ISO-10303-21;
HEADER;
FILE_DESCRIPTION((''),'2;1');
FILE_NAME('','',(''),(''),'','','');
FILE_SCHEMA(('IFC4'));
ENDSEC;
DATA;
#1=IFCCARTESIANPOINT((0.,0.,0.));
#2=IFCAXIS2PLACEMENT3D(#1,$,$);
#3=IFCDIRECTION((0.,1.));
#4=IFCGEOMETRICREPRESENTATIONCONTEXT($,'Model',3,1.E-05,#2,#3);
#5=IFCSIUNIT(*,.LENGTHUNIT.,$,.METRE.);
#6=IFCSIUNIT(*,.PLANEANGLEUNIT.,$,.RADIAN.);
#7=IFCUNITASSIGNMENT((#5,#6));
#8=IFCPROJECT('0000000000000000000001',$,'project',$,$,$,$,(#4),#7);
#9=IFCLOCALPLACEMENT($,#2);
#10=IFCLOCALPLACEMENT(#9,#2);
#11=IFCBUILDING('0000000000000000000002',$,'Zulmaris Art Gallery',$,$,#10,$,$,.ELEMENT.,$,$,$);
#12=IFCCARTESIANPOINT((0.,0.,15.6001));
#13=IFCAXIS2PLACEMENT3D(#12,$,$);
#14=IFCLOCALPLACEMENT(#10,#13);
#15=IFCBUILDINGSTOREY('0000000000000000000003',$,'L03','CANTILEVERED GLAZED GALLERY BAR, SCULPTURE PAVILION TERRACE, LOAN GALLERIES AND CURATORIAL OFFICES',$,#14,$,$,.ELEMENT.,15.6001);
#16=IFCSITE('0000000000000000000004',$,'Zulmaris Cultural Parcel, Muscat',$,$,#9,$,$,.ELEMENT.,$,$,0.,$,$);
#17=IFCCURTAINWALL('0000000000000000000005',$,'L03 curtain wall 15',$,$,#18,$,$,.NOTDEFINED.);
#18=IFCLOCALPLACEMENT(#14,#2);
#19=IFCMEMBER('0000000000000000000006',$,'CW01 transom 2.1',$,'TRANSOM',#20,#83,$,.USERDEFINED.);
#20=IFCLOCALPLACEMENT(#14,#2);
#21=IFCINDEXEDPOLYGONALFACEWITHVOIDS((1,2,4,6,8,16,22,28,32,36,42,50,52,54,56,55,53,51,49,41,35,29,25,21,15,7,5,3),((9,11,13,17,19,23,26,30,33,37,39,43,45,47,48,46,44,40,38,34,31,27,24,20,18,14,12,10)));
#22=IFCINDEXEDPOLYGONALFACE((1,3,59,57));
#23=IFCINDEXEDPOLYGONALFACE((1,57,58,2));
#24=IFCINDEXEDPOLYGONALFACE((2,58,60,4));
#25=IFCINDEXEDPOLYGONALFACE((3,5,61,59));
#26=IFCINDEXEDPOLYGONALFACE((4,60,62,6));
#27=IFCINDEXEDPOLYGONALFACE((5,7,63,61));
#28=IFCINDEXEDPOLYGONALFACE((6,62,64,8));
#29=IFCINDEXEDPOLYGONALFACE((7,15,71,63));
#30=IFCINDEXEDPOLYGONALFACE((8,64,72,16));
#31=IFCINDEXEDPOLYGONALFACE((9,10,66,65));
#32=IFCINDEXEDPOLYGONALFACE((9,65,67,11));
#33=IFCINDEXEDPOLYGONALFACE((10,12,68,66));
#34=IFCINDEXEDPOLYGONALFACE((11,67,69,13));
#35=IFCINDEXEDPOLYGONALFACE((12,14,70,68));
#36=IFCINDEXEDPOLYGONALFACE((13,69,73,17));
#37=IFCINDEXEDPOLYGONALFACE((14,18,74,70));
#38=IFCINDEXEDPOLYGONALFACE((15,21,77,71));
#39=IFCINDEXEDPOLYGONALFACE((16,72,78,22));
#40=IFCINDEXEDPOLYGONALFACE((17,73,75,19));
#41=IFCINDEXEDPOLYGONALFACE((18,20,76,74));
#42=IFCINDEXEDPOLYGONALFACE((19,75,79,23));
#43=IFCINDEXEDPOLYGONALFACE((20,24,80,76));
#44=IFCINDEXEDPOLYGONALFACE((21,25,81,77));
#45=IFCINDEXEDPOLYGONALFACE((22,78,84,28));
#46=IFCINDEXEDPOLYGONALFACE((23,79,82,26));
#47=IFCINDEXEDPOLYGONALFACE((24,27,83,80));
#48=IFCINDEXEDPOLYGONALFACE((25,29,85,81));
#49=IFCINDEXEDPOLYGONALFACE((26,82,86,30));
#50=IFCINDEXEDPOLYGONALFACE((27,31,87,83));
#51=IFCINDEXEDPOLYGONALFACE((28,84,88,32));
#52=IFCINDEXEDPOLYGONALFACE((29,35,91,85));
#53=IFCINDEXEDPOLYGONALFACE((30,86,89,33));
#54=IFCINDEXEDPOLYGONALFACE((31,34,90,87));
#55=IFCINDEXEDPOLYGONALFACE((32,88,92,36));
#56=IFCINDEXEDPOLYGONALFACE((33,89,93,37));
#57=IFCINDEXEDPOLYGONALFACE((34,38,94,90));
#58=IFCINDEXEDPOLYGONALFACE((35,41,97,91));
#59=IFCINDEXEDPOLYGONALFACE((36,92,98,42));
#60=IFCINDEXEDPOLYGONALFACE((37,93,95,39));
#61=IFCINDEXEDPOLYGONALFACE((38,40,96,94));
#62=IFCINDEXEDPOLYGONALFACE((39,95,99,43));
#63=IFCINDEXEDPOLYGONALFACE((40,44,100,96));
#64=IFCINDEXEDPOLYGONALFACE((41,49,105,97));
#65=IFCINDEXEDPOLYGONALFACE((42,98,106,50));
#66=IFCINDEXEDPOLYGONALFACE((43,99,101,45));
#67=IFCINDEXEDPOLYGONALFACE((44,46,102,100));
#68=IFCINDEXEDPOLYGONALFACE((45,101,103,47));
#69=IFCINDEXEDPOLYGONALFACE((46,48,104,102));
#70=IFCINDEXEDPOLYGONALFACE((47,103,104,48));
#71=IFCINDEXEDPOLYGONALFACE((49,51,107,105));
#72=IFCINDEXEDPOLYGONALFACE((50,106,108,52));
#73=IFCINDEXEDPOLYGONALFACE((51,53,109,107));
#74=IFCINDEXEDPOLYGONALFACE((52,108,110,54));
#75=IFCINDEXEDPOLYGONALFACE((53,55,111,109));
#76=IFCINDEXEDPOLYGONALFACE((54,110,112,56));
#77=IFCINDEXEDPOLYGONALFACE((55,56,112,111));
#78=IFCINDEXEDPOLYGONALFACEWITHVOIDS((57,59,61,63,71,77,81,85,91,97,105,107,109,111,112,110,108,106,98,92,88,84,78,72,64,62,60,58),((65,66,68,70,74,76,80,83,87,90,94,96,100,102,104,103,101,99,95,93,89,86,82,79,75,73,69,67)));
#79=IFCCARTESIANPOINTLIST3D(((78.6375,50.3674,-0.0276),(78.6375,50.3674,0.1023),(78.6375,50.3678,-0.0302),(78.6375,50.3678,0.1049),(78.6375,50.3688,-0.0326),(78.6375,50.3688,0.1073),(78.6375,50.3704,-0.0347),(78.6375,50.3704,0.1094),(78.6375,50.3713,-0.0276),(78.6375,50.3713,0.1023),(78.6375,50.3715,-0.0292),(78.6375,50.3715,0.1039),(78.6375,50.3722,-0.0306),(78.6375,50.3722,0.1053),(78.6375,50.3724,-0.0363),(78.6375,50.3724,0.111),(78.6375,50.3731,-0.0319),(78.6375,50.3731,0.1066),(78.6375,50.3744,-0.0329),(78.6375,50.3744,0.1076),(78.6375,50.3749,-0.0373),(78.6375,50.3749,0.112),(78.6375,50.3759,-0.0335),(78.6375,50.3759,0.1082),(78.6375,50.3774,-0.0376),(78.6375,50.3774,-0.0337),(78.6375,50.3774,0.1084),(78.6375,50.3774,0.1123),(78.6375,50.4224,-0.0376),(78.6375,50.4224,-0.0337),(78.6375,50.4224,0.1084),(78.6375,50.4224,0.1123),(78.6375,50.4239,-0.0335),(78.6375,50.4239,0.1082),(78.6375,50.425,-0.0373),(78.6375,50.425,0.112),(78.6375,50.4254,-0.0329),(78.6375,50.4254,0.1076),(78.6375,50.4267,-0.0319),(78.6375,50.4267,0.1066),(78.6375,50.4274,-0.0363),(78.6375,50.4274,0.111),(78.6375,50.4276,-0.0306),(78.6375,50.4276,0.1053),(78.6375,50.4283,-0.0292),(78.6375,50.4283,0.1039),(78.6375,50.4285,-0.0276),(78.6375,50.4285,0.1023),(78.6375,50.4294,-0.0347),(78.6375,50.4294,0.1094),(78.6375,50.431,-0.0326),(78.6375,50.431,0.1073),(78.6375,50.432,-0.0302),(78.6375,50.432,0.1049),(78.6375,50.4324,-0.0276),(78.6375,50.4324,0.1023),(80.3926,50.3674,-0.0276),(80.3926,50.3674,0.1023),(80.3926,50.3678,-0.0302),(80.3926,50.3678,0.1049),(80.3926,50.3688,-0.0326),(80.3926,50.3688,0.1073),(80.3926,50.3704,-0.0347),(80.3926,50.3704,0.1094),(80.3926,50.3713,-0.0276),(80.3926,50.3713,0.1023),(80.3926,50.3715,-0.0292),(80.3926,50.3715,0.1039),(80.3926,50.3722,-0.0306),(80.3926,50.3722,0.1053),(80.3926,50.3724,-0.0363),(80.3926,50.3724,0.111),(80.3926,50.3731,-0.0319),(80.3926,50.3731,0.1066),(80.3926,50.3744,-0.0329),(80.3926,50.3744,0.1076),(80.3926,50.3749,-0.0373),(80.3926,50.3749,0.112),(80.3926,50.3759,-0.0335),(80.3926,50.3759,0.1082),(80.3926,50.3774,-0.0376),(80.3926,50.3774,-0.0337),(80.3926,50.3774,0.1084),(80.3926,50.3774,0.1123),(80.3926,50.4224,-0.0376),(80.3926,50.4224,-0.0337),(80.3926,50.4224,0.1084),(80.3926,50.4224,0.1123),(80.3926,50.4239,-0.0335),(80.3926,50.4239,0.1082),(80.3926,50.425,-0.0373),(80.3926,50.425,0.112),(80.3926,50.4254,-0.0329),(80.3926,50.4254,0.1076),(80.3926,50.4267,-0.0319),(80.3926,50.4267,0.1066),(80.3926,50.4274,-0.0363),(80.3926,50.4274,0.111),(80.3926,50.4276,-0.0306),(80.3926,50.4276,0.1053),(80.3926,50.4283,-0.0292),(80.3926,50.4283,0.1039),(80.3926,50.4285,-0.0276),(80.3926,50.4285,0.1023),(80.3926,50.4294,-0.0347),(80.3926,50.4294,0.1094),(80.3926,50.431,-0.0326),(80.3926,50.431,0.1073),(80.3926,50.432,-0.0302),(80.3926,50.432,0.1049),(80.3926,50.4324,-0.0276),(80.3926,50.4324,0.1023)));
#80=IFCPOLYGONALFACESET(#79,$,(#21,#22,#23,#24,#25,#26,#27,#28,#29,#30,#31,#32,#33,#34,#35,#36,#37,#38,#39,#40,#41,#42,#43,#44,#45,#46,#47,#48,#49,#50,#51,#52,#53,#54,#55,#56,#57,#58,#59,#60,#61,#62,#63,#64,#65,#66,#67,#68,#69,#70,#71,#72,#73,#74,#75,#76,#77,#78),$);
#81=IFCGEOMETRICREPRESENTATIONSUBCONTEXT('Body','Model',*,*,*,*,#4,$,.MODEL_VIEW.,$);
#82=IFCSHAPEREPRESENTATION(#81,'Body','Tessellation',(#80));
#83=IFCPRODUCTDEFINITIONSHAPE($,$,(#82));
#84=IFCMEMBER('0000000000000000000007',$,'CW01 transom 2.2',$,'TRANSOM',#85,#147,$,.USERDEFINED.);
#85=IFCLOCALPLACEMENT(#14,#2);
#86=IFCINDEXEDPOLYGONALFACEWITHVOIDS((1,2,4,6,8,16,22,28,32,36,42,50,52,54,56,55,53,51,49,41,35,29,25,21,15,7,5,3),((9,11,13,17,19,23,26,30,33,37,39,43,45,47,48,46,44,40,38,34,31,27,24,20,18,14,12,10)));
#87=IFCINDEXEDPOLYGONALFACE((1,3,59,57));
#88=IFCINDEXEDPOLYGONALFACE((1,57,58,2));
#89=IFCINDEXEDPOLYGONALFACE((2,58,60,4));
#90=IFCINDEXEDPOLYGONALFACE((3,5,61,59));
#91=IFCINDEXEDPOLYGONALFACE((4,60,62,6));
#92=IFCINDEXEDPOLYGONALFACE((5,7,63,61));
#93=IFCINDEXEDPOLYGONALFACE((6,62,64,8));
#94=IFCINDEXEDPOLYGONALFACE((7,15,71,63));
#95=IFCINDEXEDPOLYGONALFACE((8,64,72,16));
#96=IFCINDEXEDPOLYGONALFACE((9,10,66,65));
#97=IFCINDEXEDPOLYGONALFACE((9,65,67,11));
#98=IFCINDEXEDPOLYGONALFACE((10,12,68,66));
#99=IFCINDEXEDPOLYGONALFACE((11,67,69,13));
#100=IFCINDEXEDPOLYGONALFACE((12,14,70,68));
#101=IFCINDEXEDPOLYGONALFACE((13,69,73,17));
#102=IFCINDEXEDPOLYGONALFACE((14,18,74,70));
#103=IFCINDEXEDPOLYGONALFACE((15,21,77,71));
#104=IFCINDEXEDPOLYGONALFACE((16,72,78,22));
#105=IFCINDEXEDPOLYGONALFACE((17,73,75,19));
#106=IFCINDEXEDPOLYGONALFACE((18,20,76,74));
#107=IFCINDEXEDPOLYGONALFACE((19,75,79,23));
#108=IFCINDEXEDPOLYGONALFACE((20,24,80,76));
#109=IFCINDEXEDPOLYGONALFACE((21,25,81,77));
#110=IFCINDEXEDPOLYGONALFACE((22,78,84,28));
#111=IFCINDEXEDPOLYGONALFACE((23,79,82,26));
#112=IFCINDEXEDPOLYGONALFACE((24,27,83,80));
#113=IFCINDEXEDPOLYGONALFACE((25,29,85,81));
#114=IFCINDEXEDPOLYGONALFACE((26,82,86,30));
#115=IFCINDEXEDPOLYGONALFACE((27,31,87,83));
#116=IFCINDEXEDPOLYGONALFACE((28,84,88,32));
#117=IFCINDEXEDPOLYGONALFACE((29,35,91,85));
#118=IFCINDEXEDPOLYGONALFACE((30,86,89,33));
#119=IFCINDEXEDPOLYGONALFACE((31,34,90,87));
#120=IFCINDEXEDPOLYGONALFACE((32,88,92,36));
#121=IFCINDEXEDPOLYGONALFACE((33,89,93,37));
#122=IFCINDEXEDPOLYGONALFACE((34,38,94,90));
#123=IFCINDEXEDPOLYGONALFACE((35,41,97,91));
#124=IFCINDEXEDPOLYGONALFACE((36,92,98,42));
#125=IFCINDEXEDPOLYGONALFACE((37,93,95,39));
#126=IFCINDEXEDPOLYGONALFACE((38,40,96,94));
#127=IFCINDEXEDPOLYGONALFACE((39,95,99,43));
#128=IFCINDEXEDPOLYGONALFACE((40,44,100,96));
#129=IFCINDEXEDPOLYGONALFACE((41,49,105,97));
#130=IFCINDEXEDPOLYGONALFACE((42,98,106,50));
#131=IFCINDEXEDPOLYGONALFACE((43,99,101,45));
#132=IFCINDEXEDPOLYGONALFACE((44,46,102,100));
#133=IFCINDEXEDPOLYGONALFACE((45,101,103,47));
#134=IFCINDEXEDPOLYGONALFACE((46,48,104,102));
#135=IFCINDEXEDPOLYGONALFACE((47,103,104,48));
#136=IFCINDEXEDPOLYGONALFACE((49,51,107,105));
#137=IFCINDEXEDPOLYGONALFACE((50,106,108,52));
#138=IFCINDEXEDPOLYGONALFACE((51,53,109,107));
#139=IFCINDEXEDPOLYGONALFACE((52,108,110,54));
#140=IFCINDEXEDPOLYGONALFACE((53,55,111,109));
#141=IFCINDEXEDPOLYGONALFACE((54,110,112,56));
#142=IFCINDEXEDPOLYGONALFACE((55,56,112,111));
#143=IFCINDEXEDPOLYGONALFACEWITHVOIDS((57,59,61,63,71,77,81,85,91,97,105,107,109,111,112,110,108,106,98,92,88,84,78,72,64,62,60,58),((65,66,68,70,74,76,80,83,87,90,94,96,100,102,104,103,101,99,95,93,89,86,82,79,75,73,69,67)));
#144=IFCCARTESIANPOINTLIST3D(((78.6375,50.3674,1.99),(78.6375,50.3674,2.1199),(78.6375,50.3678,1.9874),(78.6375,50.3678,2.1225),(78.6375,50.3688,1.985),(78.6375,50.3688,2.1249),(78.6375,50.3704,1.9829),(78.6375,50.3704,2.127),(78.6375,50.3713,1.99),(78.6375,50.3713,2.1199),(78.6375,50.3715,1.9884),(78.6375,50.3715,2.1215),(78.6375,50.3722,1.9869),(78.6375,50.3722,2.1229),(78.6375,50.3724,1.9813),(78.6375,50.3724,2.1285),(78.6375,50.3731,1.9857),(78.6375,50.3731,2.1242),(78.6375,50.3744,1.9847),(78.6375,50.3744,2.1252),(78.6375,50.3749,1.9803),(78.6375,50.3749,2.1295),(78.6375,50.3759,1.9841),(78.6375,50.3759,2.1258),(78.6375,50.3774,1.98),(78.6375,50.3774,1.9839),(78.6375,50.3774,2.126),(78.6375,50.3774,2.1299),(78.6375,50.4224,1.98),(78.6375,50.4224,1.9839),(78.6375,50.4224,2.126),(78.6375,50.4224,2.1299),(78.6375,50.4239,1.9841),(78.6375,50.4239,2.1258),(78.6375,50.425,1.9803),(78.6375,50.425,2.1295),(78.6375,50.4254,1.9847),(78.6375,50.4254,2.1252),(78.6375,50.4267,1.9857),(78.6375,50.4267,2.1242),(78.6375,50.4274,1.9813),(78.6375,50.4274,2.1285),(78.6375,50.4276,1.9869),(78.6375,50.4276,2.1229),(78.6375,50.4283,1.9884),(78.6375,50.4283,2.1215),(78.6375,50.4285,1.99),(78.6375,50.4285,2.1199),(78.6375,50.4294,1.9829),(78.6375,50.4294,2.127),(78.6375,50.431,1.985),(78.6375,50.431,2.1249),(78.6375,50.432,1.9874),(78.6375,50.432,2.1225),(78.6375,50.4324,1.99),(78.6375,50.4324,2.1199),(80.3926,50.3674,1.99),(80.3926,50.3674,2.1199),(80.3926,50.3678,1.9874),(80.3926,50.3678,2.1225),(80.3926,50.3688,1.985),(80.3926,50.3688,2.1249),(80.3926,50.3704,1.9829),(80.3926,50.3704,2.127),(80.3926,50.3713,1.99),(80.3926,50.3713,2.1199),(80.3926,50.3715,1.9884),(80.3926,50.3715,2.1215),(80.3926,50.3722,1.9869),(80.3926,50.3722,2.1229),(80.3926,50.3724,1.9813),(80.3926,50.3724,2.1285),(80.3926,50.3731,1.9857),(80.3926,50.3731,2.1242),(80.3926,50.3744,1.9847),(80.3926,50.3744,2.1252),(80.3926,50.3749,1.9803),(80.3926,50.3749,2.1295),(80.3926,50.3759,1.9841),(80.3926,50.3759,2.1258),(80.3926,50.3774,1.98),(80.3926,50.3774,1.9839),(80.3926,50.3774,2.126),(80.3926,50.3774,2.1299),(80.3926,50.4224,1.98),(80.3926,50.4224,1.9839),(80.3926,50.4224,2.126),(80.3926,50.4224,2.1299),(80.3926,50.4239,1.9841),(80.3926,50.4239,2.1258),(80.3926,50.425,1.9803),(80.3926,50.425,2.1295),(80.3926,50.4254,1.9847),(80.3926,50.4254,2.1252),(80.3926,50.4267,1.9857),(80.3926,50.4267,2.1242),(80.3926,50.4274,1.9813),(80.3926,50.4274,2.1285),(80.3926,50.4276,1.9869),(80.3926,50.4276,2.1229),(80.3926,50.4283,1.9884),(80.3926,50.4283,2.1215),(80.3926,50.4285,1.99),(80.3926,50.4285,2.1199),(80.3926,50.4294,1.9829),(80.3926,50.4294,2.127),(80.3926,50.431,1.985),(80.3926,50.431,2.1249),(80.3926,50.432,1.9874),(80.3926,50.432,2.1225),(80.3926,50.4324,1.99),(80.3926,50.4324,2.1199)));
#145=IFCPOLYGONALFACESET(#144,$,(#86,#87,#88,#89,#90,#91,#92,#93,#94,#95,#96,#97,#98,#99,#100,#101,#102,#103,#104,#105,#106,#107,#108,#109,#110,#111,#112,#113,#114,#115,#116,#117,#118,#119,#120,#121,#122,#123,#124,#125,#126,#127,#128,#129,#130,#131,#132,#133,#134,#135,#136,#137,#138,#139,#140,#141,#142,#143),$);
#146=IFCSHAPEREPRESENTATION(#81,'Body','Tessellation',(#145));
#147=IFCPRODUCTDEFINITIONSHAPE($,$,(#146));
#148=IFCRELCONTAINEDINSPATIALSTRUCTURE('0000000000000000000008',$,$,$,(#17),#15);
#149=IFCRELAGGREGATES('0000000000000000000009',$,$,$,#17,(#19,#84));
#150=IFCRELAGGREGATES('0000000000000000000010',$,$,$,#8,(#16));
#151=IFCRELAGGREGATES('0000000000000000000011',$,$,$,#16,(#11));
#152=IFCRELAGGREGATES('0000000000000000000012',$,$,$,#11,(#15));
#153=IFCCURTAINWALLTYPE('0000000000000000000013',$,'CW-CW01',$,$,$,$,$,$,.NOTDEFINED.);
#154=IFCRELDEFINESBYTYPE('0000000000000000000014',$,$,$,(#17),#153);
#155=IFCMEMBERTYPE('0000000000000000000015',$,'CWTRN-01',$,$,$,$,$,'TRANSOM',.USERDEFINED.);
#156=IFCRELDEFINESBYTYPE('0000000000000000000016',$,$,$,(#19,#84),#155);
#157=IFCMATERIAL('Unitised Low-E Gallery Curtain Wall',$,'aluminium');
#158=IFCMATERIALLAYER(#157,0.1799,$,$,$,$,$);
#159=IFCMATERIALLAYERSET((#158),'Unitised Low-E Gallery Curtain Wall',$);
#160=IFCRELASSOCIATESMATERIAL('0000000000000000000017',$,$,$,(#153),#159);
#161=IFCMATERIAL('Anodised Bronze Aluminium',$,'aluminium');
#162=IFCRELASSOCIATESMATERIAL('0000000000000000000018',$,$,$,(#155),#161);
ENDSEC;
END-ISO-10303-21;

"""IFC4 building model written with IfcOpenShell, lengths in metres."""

from ifc_helpers import new_model, si_unit, direction, frame, origin, origin_2d, place, context, subcontext, project, spatial, hollow_rectangle, extrude, material, layer, layer_set, material_profile, profile_set, type_object, element, aggregate, save


model = new_model("IFC4")

# Units and contexts
model_context = context("Model", 3, precision=1e-05, world=origin(), true_north=direction((0.0, 1.0)))
body_context = subcontext(model_context, "Body", "Model", "MODEL_VIEW")
ifc_project = project(units=[si_unit("LENGTHUNIT", "METRE"), si_unit("PLANEANGLEUNIT", "RADIAN")], contexts=[model_context])

# Site, building, storey
site_placement = place(None, origin())
site = spatial("IfcSite", under=ifc_project, at=site_placement, Name="Zulmaris Cultural Parcel, Muscat", CompositionType="ELEMENT", RefElevation=0.0)
building_placement = place(site_placement, origin())
building = spatial("IfcBuilding", under=site, at=building_placement, Name="Zulmaris Art Gallery", CompositionType="ELEMENT")
storey_placement = place(building_placement, frame((0.0, 0.0, 15.6001)))
storey = spatial("IfcBuildingStorey", under=building, at=storey_placement, Name="L03", Description="CANTILEVERED GLAZED GALLERY BAR, SCULPTURE PAVILION TERRACE, LOAN GALLERIES AND CURATORIAL OFFICES", CompositionType="ELEMENT", Elevation=15.6001)

# Shared definitions
ifc_material_1 = material(Name="Unitised Low-E Gallery Curtain Wall", Category="aluminium")
ifc_layer_1 = layer(ifc_material_1, 0.1799)
ifc_layer_set_1 = layer_set([ifc_layer_1], Name="Unitised Low-E Gallery Curtain Wall")
curtain_wall_type = type_object("IfcCurtainWallType", Name="CW-CW01", PredefinedType="NOTDEFINED", material=ifc_layer_set_1)
ifc_material_2 = material(Name="Anodised Bronze Aluminium", Category="aluminium")

# Curtain wall
curtain_wall_1_placement = place(storey_placement, origin())
curtain_wall_1 = element("IfcCurtainWall", 1, at=curtain_wall_1_placement, inside=storey, type_object=curtain_wall_type, Name="L03 curtain wall 15", PredefinedType="NOTDEFINED")

# Members
ifc_material_profile_1 = material_profile(ifc_material_2, hollow_rectangle(XDim=0.0649, YDim=0.1499, WallThickness=0.0039, InnerFilletRadius=0.0061, OuterFilletRadius=0.01, at=origin_2d()), Name="ALU 65x150x4")
ifc_profile_set_1 = profile_set([ifc_material_profile_1], Name="Anodised Bronze Aluminium")
member_type_1 = type_object("IfcMemberType", Name="CWTRN-01", ElementType="TRANSOM", PredefinedType="USERDEFINED", material=ifc_profile_set_1)
member_1_placement = place(storey_placement, frame((80.3926, 50.3999, 0.0374), z_axis=(-1.0, 0.0, 0.0), x_axis=(0.0, -1.0, 0.0)))
member_1 = element("IfcMember", 2, at=member_1_placement, type_object=member_type_1, Name="CW01 transom 2.1", ObjectType="TRANSOM", PredefinedType="USERDEFINED", context=body_context, shape_type="SweptSolid", body=[
    extrude(hollow_rectangle(XDim=0.0649, YDim=0.1499, WallThickness=0.0039, InnerFilletRadius=0.0061, OuterFilletRadius=0.01, at=origin_2d()), origin(), (0.0, 0.0, 1.0), 1.7551),
])
member_2_placement = place(storey_placement, frame((80.3926, 50.3999, 2.0549), z_axis=(-1.0, 0.0, 0.0), x_axis=(0.0, -1.0, 0.0)))
member_2 = element("IfcMember", 3, at=member_2_placement, type_object=member_type_1, Name="CW01 transom 2.2", ObjectType="TRANSOM", PredefinedType="USERDEFINED", context=body_context, shape_type="SweptSolid", body=[
    extrude(hollow_rectangle(XDim=0.0649, YDim=0.1499, WallThickness=0.0039, InnerFilletRadius=0.0061, OuterFilletRadius=0.01, at=origin_2d()), origin(), (0.0, 0.0, 1.0), 1.7551),
])

aggregate(curtain_wall_1, [member_1, member_2])

save(model, "model.ifc")
